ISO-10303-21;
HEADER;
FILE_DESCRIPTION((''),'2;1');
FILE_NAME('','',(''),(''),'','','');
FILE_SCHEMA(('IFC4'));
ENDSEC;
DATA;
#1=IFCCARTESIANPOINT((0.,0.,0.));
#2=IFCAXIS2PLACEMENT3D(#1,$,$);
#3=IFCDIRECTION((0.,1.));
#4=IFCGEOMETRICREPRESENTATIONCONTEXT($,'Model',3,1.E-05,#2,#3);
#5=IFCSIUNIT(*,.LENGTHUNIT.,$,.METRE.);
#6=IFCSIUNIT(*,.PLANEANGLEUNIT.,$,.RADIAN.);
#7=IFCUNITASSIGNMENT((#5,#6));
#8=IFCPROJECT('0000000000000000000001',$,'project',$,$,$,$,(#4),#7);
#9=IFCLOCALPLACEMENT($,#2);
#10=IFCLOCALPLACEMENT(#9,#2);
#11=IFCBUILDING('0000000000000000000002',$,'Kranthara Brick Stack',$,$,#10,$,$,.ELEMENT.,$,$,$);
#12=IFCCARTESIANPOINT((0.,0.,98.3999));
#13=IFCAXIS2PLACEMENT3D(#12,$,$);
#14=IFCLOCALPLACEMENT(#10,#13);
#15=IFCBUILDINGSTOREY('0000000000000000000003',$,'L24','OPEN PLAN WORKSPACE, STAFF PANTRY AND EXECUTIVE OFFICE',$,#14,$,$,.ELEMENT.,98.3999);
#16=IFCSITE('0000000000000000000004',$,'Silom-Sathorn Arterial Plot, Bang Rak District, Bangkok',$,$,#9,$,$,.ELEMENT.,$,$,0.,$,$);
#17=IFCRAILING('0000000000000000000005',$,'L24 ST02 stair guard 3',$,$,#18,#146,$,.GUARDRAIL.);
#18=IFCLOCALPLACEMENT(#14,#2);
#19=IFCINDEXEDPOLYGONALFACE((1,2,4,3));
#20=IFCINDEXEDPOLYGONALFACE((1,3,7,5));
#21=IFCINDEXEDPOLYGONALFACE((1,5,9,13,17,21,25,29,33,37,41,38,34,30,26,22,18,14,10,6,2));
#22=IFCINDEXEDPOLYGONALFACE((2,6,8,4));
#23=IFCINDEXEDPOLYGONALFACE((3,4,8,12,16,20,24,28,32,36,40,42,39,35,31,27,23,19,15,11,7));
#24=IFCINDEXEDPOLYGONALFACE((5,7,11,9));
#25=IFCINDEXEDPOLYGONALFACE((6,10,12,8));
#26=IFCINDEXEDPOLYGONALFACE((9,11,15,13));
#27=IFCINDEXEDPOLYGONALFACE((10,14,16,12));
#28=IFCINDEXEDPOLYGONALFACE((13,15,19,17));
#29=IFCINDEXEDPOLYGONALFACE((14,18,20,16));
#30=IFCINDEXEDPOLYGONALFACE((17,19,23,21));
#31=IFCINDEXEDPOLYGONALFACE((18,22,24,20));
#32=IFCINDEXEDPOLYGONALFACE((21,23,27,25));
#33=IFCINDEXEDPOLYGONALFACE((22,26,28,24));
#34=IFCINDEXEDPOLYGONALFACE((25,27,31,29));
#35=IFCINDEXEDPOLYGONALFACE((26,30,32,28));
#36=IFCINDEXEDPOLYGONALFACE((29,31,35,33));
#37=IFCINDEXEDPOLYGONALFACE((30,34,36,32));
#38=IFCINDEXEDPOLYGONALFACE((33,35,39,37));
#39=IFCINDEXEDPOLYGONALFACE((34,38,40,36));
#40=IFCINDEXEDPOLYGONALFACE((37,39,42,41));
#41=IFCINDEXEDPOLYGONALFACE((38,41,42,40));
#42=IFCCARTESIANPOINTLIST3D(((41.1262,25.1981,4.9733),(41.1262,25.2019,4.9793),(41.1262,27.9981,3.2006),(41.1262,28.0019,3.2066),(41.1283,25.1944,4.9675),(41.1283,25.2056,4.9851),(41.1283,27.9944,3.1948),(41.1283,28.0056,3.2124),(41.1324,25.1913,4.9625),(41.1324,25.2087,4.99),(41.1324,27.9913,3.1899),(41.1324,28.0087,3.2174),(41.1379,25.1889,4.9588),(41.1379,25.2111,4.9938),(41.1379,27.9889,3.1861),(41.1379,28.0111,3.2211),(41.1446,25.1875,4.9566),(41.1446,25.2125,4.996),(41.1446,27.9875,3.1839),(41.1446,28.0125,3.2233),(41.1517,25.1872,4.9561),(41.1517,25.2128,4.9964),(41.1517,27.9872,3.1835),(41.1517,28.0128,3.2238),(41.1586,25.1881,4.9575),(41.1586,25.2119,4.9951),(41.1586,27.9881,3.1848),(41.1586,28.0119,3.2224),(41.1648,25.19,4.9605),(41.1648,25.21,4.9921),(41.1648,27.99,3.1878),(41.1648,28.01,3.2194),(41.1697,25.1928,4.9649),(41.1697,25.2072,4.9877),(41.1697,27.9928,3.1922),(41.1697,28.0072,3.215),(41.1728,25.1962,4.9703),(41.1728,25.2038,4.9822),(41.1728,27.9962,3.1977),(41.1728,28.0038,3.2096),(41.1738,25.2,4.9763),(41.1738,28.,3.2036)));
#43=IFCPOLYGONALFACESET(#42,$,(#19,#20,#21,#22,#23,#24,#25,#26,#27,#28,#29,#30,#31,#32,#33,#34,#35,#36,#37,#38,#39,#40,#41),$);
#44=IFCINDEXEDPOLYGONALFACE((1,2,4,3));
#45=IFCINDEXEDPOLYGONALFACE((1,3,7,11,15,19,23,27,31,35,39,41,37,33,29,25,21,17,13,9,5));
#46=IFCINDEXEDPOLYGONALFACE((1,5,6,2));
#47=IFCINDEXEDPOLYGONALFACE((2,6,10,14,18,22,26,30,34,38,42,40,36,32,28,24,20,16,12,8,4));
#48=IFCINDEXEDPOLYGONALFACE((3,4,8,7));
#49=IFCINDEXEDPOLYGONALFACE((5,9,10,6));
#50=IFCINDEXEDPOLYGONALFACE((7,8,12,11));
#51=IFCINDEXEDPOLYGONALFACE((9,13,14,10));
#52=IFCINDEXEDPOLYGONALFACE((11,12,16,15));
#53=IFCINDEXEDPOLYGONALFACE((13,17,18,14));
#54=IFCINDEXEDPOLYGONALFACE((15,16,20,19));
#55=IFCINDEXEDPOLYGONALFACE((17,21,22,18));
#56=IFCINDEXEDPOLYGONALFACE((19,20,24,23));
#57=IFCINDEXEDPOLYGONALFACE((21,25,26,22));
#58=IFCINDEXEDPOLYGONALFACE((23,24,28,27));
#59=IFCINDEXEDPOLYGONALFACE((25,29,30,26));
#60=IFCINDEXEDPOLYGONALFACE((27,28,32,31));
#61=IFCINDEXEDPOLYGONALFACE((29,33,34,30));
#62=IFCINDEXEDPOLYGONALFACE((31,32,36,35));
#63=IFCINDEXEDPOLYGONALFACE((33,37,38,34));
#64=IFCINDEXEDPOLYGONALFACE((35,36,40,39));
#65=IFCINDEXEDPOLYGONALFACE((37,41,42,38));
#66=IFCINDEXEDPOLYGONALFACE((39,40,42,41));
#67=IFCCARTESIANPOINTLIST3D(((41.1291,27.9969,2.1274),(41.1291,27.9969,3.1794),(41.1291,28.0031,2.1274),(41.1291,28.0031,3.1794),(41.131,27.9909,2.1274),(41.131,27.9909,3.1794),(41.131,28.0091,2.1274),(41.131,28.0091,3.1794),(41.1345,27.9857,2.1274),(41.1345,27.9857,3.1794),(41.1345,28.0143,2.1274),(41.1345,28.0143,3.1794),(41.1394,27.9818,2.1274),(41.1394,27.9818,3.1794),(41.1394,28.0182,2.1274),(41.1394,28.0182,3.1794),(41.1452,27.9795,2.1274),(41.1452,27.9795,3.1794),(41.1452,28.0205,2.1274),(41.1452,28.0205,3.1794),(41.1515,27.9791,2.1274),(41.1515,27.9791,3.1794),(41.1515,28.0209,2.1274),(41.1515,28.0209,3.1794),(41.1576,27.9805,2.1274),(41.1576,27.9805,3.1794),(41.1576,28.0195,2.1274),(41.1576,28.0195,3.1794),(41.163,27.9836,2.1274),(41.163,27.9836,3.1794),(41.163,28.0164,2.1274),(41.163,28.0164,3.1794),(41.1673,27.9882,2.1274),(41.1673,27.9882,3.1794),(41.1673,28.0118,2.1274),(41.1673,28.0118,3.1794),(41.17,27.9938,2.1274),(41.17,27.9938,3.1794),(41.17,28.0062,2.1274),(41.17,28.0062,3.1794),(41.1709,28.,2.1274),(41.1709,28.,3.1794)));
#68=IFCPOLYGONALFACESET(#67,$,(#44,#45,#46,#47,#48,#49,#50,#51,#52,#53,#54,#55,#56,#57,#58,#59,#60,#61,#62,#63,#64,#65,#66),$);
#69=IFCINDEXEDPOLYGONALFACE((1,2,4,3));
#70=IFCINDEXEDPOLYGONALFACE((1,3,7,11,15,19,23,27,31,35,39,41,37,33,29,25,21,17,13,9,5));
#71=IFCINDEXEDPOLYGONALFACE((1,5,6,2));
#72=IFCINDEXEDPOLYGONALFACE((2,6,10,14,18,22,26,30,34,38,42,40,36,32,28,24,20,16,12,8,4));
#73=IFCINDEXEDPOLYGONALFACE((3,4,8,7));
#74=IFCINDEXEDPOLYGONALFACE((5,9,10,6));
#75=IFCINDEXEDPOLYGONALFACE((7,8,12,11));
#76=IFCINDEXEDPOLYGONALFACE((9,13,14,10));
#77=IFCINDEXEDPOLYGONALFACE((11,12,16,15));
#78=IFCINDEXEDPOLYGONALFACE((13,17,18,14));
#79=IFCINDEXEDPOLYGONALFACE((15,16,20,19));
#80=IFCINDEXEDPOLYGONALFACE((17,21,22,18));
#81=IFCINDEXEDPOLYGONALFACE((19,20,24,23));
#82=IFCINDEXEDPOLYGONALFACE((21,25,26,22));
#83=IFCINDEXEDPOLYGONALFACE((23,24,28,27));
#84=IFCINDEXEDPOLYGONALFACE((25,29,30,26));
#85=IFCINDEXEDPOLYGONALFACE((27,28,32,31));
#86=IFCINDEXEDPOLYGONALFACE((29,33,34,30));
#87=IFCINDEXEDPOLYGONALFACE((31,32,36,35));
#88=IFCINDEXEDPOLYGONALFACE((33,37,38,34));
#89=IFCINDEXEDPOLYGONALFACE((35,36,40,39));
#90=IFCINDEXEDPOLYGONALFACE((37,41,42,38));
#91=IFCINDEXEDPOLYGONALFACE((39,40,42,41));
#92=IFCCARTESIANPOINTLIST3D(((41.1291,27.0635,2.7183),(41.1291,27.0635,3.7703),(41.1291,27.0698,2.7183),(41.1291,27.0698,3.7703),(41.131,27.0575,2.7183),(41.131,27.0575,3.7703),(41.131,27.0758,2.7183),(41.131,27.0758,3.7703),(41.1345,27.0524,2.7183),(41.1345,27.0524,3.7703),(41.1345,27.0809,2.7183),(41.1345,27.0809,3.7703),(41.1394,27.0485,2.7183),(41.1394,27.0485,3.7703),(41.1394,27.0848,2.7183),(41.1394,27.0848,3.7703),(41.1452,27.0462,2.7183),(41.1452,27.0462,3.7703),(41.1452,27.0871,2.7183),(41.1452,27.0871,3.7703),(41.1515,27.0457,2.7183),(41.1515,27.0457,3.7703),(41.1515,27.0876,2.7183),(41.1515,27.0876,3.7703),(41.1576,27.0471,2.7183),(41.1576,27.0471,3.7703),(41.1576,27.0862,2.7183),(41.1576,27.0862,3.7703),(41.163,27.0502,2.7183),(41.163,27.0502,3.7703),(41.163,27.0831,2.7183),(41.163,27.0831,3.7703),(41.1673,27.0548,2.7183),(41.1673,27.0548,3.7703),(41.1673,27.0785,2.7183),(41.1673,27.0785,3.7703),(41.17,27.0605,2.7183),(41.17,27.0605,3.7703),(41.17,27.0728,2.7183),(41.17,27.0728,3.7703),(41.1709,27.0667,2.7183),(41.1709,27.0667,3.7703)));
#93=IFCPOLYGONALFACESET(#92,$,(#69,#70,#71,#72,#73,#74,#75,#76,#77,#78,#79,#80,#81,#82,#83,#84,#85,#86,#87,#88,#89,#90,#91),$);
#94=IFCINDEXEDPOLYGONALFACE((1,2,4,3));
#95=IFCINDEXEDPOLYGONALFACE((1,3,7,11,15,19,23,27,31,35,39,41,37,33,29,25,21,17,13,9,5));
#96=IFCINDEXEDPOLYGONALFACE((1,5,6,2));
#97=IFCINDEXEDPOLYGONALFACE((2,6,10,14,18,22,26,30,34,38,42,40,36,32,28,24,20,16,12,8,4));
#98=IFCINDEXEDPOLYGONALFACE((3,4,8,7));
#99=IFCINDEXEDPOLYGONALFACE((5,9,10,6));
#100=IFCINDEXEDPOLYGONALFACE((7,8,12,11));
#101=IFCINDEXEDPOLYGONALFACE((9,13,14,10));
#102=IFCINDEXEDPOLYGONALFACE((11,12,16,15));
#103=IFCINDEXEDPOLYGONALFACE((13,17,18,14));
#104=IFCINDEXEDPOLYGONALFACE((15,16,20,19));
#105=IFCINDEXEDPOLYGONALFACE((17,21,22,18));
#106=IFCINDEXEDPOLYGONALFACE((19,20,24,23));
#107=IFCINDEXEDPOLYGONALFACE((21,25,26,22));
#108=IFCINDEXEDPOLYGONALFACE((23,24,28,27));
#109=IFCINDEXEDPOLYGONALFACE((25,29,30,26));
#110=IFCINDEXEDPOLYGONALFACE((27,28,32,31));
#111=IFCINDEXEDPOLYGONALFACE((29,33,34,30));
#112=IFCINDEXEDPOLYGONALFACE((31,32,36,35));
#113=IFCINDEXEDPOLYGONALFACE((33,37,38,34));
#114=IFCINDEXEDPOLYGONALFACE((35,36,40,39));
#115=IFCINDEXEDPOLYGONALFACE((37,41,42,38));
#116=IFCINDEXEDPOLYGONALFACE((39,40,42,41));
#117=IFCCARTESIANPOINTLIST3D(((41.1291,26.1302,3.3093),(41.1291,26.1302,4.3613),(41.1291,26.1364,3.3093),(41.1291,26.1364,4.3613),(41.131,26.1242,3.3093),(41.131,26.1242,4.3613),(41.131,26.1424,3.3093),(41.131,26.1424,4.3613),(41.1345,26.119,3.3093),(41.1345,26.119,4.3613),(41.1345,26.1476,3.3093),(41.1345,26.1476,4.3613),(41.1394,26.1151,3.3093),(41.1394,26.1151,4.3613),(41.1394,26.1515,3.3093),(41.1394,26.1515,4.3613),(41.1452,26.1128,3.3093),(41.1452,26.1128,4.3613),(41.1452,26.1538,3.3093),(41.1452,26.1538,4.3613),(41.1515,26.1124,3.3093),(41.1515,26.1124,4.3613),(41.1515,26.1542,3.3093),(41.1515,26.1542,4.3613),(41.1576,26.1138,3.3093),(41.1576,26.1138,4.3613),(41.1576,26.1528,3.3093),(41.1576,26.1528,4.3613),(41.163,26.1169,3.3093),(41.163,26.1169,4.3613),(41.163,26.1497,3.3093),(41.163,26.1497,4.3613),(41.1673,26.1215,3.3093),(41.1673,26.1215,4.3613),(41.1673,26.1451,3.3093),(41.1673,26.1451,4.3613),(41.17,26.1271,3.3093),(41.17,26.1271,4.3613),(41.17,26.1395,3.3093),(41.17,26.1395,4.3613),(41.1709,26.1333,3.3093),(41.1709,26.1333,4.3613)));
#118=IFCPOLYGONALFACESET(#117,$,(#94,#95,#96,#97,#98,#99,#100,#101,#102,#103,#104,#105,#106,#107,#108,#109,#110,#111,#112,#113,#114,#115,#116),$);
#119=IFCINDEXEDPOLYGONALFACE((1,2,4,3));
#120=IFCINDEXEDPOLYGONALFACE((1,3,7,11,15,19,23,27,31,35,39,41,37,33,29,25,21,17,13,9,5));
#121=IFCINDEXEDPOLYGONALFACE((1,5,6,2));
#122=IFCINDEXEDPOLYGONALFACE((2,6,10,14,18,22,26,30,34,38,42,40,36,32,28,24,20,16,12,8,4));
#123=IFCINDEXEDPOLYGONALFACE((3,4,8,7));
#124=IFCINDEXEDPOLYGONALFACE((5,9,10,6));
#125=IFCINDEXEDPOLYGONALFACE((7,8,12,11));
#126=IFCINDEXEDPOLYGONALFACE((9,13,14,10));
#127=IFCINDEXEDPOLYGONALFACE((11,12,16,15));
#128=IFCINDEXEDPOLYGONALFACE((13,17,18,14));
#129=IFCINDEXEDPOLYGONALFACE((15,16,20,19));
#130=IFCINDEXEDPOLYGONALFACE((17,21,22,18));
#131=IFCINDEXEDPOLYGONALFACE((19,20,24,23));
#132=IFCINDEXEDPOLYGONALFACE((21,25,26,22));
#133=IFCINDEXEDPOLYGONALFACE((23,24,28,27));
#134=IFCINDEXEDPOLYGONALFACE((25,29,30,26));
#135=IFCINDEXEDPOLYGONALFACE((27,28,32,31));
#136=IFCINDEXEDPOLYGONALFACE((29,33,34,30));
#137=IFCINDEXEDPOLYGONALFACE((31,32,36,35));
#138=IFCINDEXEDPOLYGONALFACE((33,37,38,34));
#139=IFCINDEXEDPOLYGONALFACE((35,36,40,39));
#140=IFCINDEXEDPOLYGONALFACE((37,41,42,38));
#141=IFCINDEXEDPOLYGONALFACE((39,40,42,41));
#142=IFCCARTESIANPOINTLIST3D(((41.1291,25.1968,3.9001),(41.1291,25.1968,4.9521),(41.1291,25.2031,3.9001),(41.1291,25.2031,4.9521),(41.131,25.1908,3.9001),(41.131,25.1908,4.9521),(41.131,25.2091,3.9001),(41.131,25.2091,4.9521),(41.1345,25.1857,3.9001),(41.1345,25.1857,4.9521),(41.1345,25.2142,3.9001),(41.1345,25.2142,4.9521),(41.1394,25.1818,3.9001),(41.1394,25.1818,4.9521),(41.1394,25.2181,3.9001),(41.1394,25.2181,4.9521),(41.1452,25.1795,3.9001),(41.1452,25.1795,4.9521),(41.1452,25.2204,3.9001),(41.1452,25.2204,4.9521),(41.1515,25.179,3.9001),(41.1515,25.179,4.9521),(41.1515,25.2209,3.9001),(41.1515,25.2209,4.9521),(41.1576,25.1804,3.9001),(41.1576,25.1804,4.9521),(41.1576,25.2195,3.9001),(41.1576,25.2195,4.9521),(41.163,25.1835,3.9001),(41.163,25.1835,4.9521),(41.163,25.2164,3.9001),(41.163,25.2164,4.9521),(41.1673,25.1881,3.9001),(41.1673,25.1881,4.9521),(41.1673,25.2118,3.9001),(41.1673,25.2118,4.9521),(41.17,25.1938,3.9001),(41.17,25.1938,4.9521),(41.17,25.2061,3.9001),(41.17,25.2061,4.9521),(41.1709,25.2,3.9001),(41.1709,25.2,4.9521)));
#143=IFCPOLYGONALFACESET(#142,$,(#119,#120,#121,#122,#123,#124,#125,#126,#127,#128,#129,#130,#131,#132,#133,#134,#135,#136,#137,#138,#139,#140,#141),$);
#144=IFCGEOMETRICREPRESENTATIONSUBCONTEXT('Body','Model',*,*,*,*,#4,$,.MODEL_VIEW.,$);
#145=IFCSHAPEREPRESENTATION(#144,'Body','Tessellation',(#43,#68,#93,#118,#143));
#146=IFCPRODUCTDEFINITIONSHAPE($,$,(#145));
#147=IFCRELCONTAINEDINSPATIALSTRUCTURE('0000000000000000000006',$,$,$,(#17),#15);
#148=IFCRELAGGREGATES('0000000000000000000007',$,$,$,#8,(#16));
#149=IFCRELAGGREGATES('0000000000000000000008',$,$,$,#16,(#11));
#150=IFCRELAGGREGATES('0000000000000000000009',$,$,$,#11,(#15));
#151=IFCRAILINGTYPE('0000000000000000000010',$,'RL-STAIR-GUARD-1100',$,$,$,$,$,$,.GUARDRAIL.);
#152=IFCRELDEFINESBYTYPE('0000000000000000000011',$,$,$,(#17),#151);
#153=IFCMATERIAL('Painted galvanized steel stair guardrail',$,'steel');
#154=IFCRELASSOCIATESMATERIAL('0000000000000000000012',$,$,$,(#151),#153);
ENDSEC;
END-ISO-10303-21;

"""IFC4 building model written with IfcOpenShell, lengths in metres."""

from ifc_helpers import new_model, si_unit, direction, frame, origin, origin_2d, place, context, subcontext, project, spatial, circle, extrude, material, type_object, element, save


model = new_model("IFC4")

# Units and contexts
model_context = context("Model", 3, precision=1e-05, world=origin(), true_north=direction((0.0, 1.0)))
body_context = subcontext(model_context, "Body", "Model", "MODEL_VIEW")
ifc_project = project(units=[si_unit("LENGTHUNIT", "METRE"), si_unit("PLANEANGLEUNIT", "RADIAN")], contexts=[model_context])

# Site, building, storey
site_placement = place(None, origin())
site = spatial("IfcSite", under=ifc_project, at=site_placement, Name="Silom-Sathorn Arterial Plot, Bang Rak District, Bangkok", CompositionType="ELEMENT", RefElevation=0.0)
building_placement = place(site_placement, origin())
building = spatial("IfcBuilding", under=site, at=building_placement, Name="Kranthara Brick Stack", CompositionType="ELEMENT")
storey_placement = place(building_placement, frame((0.0, 0.0, 98.3999)))
storey = spatial("IfcBuildingStorey", under=building, at=storey_placement, Name="L24", Description="OPEN PLAN WORKSPACE, STAFF PANTRY AND EXECUTIVE OFFICE", CompositionType="ELEMENT", Elevation=98.3999)

# Railing
ifc_material_1 = material(Name="Painted galvanized steel stair guardrail", Category="steel")
railing_type_1 = type_object("IfcRailingType", Name="RL-STAIR-GUARD-1100", PredefinedType="GUARDRAIL", material=ifc_material_1)
railing_1_placement = place(storey_placement, frame((41.1499, 28.0, 2.1274)))
element("IfcRailing", 1, at=railing_1_placement, inside=storey, type_object=railing_type_1, Name="L24 ST02 stair guard 3", PredefinedType="GUARDRAIL", context=body_context, shape_type="SweptSolid", body=[
    extrude(circle(Radius=0.0239, at=origin_2d()), frame((0.0, 0.0, 1.0762), z_axis=(0.0, -0.844909, 0.53491), x_axis=(1.0, 0.0, 0.0)), (0.0, 0.0, 1.0), 3.314),
    extrude(circle(Radius=0.021, at=origin_2d()), origin(), (0.0, 0.0, 1.0), 1.052),
    extrude(circle(Radius=0.021, at=origin_2d()), frame((0.0, -0.9333, 0.5908)), (0.0, 0.0, 1.0), 1.052),
    extrude(circle(Radius=0.021, at=origin_2d()), frame((0.0, -1.8667, 1.1819)), (0.0, 0.0, 1.0), 1.052),
    extrude(circle(Radius=0.021, at=origin_2d()), frame((0.0, -2.8, 1.7727)), (0.0, 0.0, 1.0), 1.052),
])

save(model, "model.ifc")
